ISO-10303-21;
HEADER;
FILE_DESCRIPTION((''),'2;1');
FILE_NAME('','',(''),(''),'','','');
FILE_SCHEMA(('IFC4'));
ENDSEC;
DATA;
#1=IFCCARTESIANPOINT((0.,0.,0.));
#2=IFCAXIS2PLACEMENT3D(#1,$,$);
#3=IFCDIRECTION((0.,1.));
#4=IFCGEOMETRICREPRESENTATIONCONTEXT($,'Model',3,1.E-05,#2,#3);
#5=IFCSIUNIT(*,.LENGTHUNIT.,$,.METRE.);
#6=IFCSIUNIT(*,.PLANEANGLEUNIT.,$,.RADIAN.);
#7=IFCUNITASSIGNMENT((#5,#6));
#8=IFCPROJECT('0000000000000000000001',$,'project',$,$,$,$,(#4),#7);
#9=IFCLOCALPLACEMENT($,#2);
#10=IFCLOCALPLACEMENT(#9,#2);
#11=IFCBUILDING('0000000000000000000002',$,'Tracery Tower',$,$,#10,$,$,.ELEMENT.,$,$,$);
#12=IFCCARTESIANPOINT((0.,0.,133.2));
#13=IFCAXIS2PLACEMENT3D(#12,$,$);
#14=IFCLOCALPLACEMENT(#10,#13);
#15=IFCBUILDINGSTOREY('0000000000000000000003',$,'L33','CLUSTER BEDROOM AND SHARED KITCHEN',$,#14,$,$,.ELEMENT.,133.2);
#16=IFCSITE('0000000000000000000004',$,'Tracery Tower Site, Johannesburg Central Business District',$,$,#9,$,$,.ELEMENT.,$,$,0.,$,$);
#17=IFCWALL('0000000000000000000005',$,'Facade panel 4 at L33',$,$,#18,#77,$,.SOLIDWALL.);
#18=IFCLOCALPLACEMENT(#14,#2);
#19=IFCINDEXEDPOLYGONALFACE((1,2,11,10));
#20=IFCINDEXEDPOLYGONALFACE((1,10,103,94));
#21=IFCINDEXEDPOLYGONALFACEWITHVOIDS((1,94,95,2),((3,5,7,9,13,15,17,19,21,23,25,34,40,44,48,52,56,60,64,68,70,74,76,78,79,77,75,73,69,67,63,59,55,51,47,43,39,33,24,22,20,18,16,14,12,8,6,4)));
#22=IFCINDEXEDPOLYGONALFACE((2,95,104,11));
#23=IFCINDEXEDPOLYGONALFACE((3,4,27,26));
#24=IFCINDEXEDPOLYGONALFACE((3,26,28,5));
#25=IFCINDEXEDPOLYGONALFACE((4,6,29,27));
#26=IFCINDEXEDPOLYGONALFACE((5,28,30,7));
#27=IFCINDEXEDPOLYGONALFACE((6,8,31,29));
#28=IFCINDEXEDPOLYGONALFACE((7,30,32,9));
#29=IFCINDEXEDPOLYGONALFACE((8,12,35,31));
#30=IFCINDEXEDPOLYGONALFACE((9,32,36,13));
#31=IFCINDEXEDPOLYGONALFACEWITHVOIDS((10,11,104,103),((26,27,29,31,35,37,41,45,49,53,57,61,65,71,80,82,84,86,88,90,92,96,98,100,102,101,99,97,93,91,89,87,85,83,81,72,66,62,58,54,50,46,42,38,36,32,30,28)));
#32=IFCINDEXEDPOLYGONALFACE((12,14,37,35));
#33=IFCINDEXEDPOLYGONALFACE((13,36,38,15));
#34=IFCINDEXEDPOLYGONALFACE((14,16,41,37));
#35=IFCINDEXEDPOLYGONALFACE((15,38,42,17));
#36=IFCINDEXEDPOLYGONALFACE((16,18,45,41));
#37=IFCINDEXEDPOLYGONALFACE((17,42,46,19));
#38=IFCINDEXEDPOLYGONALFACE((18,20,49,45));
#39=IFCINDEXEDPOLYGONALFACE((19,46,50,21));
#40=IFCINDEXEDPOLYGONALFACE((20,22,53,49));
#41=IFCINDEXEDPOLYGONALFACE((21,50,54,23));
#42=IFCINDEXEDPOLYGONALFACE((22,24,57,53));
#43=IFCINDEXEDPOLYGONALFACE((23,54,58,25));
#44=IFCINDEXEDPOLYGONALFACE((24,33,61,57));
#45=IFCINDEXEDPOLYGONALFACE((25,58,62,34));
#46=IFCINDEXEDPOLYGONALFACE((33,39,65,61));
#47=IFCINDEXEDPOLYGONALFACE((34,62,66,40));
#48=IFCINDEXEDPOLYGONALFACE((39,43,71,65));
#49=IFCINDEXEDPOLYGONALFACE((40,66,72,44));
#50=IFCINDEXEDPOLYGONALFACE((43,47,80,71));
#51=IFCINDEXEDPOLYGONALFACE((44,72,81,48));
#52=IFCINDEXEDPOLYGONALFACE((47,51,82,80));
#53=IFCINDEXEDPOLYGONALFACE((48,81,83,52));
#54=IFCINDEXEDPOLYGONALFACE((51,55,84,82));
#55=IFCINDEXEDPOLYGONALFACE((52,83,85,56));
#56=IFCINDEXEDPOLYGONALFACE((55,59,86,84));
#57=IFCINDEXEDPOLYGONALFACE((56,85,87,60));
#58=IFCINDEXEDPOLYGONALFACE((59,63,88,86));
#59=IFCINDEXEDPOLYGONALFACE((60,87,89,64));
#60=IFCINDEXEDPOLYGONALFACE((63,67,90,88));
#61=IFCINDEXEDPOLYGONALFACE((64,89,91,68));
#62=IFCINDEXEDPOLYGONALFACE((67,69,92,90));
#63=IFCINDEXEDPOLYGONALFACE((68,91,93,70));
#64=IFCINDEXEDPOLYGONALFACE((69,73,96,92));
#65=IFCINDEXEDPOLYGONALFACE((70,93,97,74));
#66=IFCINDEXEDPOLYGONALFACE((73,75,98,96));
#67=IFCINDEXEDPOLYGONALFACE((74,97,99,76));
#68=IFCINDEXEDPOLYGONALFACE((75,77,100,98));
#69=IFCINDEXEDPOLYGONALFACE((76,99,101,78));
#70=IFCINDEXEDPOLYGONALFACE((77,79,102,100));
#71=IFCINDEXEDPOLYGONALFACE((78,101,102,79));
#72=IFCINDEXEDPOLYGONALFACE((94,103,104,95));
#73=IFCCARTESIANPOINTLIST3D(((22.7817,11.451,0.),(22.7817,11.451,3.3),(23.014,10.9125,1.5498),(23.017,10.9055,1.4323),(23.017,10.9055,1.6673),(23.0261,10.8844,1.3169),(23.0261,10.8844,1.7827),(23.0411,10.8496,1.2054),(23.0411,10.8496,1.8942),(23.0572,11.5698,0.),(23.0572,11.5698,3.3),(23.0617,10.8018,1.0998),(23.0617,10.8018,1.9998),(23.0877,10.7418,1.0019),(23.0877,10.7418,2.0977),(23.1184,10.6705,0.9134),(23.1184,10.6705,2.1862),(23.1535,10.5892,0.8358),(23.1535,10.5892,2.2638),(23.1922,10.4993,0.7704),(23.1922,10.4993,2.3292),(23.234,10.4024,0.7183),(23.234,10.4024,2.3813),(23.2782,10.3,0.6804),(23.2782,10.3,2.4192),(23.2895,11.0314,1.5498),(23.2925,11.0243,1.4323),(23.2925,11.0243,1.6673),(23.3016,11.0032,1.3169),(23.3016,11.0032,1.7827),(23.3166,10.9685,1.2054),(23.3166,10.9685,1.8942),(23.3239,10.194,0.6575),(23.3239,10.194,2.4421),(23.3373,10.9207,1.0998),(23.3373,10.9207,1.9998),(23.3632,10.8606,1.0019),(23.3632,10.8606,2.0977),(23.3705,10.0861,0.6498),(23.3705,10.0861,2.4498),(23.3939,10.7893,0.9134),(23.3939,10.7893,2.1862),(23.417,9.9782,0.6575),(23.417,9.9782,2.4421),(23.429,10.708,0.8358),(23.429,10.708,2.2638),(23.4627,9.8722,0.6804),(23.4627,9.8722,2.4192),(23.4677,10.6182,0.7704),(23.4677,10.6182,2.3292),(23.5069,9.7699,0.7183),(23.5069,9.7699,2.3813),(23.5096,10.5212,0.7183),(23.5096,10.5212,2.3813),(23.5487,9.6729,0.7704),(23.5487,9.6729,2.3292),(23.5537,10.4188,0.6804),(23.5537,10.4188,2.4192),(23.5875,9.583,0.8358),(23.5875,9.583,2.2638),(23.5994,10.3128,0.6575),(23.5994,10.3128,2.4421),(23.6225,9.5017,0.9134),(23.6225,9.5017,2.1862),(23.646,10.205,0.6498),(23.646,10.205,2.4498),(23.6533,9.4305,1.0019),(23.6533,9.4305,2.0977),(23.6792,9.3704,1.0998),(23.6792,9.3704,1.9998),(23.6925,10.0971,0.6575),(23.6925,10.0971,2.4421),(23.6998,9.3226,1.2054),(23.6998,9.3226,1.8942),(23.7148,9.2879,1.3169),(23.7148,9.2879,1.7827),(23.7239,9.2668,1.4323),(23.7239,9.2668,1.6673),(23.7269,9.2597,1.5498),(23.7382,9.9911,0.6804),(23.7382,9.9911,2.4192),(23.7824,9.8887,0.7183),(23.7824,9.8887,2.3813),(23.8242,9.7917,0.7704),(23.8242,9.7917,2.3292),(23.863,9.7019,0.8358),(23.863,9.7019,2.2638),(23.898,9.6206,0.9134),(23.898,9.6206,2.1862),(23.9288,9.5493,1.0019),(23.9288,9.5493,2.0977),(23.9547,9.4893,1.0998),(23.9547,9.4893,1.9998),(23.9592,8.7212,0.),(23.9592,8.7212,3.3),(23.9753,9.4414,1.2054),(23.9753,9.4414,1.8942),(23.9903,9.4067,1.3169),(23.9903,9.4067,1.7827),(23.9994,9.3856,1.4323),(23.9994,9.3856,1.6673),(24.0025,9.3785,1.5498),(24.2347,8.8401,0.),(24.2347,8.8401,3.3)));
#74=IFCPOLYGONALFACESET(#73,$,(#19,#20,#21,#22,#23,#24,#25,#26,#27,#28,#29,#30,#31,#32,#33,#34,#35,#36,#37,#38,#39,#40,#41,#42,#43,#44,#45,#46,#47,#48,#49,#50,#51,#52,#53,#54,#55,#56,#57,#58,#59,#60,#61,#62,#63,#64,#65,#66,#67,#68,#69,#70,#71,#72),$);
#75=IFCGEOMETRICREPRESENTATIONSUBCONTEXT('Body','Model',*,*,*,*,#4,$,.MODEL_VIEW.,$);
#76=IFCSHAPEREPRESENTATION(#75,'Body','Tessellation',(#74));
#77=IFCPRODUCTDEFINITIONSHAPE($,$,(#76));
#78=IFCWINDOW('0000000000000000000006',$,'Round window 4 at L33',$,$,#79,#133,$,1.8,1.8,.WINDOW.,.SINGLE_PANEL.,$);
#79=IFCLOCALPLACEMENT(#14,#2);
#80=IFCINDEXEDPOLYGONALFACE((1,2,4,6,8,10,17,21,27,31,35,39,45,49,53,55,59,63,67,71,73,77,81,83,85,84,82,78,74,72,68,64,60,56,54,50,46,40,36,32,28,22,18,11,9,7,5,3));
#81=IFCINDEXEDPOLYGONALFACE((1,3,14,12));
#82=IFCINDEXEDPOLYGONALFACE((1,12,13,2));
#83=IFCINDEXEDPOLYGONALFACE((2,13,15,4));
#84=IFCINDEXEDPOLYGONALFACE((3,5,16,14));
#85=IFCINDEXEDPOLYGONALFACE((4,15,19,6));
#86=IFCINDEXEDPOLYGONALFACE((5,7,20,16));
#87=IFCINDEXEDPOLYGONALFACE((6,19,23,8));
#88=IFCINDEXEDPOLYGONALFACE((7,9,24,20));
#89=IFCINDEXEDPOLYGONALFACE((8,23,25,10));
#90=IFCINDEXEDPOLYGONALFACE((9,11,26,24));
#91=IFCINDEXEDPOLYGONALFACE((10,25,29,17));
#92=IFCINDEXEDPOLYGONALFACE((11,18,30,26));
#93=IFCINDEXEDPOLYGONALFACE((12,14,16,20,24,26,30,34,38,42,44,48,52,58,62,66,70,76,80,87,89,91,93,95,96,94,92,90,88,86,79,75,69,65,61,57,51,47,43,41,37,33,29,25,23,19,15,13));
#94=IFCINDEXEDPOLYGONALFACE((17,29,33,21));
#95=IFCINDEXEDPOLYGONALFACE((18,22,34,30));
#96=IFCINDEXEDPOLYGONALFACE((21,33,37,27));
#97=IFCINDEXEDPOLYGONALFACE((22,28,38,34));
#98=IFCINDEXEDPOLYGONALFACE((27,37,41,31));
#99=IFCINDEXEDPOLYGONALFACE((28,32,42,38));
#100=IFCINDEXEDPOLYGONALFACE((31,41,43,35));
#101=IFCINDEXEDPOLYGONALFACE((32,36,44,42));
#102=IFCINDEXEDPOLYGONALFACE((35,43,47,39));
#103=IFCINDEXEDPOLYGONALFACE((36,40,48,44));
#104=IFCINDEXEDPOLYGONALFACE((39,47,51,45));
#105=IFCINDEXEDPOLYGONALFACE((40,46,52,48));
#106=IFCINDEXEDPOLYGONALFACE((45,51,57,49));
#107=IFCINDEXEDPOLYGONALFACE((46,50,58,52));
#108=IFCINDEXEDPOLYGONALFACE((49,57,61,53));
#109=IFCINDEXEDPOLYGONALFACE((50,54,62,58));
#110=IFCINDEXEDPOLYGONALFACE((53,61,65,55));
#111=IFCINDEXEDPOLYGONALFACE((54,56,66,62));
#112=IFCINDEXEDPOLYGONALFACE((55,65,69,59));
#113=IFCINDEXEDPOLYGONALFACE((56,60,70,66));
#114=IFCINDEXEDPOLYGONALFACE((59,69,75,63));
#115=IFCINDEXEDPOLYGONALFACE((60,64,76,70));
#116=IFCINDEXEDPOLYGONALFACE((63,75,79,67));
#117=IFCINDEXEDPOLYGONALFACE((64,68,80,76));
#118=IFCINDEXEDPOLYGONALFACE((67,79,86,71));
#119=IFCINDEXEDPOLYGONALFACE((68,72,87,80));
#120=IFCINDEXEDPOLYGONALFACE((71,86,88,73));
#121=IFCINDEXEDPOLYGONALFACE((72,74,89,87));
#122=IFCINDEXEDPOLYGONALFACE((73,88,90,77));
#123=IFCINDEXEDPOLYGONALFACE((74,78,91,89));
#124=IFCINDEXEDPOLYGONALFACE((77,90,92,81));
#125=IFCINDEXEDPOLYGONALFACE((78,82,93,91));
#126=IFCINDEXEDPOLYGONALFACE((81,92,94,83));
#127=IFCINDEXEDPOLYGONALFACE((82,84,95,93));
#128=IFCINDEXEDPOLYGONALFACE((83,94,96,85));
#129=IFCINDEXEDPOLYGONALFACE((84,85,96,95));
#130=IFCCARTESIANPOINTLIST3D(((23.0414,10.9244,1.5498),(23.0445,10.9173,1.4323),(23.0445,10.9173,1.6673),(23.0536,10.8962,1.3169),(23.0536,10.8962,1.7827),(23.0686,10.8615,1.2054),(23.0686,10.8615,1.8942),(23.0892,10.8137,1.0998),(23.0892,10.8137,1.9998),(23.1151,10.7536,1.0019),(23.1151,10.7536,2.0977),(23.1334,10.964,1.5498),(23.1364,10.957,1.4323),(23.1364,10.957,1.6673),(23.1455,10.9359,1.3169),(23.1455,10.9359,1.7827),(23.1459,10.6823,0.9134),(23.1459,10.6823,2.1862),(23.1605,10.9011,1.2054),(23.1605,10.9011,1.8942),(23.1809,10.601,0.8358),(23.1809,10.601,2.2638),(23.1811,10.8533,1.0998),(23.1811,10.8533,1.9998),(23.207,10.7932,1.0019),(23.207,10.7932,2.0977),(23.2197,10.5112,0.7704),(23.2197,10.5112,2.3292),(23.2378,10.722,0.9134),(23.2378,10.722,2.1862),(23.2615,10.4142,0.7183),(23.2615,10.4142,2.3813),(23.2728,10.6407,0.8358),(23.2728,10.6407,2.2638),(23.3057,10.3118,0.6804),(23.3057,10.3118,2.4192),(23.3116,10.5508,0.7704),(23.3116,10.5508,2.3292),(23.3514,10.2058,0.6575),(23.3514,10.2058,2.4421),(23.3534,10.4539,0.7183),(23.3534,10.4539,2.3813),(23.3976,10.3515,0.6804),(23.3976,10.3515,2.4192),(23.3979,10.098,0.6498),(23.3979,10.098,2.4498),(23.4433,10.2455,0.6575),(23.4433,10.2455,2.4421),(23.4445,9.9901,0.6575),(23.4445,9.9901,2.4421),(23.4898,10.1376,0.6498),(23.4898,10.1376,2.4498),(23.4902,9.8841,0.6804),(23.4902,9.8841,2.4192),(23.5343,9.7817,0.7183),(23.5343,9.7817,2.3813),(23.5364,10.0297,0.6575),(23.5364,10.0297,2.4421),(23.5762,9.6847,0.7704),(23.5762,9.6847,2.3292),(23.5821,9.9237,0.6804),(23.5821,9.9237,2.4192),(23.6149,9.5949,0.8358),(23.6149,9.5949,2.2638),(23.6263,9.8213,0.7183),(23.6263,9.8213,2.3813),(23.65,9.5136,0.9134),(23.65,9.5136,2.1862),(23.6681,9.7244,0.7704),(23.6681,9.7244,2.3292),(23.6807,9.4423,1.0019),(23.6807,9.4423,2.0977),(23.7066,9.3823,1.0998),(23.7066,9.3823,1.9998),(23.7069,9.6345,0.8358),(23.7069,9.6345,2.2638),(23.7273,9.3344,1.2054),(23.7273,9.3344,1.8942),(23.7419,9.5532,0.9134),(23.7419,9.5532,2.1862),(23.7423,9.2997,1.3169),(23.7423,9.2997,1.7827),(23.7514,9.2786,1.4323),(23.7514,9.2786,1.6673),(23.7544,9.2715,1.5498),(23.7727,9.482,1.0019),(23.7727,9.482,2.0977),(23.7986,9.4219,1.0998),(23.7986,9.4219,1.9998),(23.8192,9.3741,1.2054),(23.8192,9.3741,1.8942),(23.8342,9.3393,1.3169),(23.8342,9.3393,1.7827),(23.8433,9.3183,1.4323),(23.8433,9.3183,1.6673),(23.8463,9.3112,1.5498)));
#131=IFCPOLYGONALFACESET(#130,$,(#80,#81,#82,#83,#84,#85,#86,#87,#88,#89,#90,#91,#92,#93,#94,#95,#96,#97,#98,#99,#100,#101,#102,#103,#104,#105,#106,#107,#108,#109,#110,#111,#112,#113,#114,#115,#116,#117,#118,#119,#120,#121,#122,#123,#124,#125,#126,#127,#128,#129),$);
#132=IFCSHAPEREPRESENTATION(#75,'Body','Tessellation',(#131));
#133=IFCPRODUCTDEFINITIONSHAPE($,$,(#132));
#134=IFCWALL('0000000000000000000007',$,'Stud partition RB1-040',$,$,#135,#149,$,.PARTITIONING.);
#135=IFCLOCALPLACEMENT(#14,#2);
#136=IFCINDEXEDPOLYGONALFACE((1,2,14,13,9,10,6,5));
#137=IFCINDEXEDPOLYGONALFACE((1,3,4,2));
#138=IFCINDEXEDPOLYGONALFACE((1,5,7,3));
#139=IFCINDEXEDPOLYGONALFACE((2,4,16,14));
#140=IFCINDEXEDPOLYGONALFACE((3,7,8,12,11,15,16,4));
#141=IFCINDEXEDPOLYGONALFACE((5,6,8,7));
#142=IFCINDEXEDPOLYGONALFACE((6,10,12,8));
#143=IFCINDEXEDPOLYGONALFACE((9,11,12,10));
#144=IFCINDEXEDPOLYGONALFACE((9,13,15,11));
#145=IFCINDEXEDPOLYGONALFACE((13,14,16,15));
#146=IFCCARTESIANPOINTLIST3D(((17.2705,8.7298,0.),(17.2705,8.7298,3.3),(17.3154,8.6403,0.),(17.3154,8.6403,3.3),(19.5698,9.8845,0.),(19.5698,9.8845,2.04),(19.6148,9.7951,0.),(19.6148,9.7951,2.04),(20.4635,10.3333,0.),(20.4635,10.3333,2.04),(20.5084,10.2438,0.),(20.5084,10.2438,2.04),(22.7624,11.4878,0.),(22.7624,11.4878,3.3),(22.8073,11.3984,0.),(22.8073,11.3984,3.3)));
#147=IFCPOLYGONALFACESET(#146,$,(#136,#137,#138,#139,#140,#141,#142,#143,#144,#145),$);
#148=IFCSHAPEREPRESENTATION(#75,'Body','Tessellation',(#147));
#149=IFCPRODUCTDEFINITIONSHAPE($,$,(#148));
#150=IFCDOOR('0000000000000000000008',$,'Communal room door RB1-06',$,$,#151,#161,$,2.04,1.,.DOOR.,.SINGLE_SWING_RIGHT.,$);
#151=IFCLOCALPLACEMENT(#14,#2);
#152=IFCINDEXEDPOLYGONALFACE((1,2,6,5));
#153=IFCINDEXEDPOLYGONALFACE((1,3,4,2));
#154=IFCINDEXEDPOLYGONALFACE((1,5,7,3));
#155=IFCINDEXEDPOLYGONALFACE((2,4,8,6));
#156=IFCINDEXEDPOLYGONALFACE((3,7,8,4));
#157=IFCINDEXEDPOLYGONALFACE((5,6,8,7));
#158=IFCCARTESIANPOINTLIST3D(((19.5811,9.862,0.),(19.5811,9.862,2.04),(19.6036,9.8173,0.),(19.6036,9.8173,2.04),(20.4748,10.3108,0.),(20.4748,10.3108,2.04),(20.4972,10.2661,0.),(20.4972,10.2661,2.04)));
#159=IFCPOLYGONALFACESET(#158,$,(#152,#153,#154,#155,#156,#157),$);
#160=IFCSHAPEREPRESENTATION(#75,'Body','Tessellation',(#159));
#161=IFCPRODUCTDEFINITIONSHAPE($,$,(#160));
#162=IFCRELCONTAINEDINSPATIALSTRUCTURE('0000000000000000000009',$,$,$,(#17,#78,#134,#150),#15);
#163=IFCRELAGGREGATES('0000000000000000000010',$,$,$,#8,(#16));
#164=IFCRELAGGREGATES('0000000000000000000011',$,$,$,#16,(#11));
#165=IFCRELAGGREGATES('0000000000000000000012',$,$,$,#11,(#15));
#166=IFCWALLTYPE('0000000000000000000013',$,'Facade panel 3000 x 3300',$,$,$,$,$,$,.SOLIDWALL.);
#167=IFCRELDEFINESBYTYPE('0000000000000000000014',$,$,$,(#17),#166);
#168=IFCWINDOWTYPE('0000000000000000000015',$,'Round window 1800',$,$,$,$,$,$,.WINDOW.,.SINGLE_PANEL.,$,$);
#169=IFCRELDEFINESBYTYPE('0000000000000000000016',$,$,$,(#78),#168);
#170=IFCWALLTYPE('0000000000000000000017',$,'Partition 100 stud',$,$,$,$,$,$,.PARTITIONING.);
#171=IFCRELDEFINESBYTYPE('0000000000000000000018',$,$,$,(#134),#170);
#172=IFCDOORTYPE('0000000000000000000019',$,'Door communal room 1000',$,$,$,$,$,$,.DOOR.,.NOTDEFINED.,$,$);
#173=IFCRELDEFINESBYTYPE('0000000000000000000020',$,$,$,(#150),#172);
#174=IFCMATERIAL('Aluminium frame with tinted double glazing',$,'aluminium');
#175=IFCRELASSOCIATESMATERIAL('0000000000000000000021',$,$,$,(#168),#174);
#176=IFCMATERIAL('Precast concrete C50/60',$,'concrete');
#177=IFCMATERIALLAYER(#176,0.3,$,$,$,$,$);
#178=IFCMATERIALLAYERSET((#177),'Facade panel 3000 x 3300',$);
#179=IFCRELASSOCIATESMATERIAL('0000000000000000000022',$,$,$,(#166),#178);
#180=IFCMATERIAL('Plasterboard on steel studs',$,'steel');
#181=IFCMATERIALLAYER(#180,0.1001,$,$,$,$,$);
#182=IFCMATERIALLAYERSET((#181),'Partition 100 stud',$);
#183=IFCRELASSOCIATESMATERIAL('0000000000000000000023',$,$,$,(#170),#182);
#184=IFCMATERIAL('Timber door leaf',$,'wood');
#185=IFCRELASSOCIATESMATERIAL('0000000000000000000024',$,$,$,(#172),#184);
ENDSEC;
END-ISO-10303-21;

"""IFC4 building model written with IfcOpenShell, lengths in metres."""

from ifc_helpers import new_model, si_unit, direction, frame, frame_2d, origin, origin_2d, place, context, subcontext, project, spatial, rectangle, circle, extrude, material, layer, layer_set, type_object, element, fill, save


model = new_model("IFC4")

# Units and contexts
model_context = context("Model", 3, precision=1e-05, world=origin(), true_north=direction((0.0, 1.0)))
body_context = subcontext(model_context, "Body", "Model", "MODEL_VIEW")
ifc_project = project(units=[si_unit("LENGTHUNIT", "METRE"), si_unit("PLANEANGLEUNIT", "RADIAN")], contexts=[model_context])

# Site, building, storey
site_placement = place(None, origin())
site = spatial("IfcSite", under=ifc_project, at=site_placement, Name="Tracery Tower Site, Johannesburg Central Business District", CompositionType="ELEMENT", RefElevation=0.0)
building_placement = place(site_placement, origin())
building = spatial("IfcBuilding", under=site, at=building_placement, Name="Tracery Tower", CompositionType="ELEMENT")
storey_placement = place(building_placement, frame((0.0, 0.0, 133.2)))
storey = spatial("IfcBuildingStorey", under=building, at=storey_placement, Name="L33", Description="CLUSTER BEDROOM AND SHARED KITCHEN", CompositionType="ELEMENT", Elevation=133.2)

# Wall, opening, window
ifc_material_1 = material(Name="Aluminium frame with tinted double glazing", Category="aluminium")
window_type = type_object("IfcWindowType", Name="Round window 1800", PartitioningType="SINGLE_PANEL", PredefinedType="WINDOW", material=ifc_material_1)
ifc_material_2 = material(Name="Precast concrete C50/60", Category="concrete")
ifc_layer_1 = layer(ifc_material_2, 0.3)
ifc_layer_set_1 = layer_set([ifc_layer_1], Name="Facade panel 3000 x 3300")
wall_type_1 = type_object("IfcWallType", Name="Facade panel 3000 x 3300", PredefinedType="SOLIDWALL", material=ifc_layer_set_1)
wall_1_placement = place(storey_placement, frame((24.0969, 8.7808, 0.0), z_axis=(0.0, 0.0, 1.0), x_axis=(-0.396079, 0.918216, 0.0)))
wall_1 = element("IfcWall", 1, at=wall_1_placement, inside=storey, type_object=wall_type_1, Name="Facade panel 4 at L33", PredefinedType="SOLIDWALL", context=body_context, shape_type="SweptSolid", body=[
    extrude(rectangle(XDim=2.9729, YDim=0.3, at=frame_2d((1.4863, 0.0))), origin(), (0.0, 0.0, 1.0), 3.3),
])
opening_1_placement = place(wall_1_placement, frame((1.4863, 0.0, 1.5498)))
opening_1 = element("IfcOpeningElement", 2, at=opening_1_placement, cuts=wall_1, PredefinedType="OPENING", context=body_context, shape_type="SweptSolid", body=[
    extrude(circle(Radius=0.9, at=origin_2d()), frame((0.0, 0.1599, 0.0), z_axis=(0.0, -1.0, 0.0), x_axis=(1.0, 0.0, 0.0)), (0.0, 0.0, 1.0), 0.3201),
])
window_1_placement = place(opening_1_placement, origin())
window_1 = element("IfcWindow", 3, at=window_1_placement, inside=storey, type_object=window_type, Name="Round window 4 at L33", OverallHeight=1.8, OverallWidth=1.8, PartitioningType="SINGLE_PANEL", PredefinedType="WINDOW", context=body_context, shape_type="SweptSolid", body=[
    extrude(circle(Radius=0.9, at=origin_2d()), frame((0.0, 0.1201, 0.0), z_axis=(0.0, -1.0, 0.0), x_axis=(1.0, 0.0, 0.0)), (0.0, 0.0, 1.0), 0.1001),
])
fill(opening_1, window_1)

# Wall, opening, door
ifc_material_3 = material(Name="Plasterboard on steel studs", Category="steel")
ifc_layer_2 = layer(ifc_material_3, 0.1001)
ifc_layer_set_2 = layer_set([ifc_layer_2], Name="Partition 100 stud")
wall_type_2 = type_object("IfcWallType", Name="Partition 100 stud", PredefinedType="PARTITIONING", material=ifc_layer_set_2)
wall_2_placement = place(storey_placement, frame((17.293, 8.6851, 0.0), z_axis=(0.0, 0.0, 1.0), x_axis=(0.893639, 0.448786, 0.0)))
wall_2 = element("IfcWall", 4, at=wall_2_placement, inside=storey, type_object=wall_type_2, Name="Stud partition RB1-040", PredefinedType="PARTITIONING", context=body_context, shape_type="SweptSolid", body=[
    extrude(rectangle(XDim=6.1455, YDim=0.1001, at=frame_2d((3.0728, 0.0))), origin(), (0.0, 0.0, 1.0), 3.3),
])
opening_2_placement = place(wall_2_placement, frame((2.573, 0.0, 0.0)))
opening_2 = element("IfcOpeningElement", 5, at=opening_2_placement, cuts=wall_2, PredefinedType="OPENING", context=body_context, shape_type="SweptSolid", body=[
    extrude(rectangle(XDim=1.0, YDim=2.04, at=frame_2d((0.5, 1.02))), frame((0.0, 0.05, 0.0), z_axis=(0.0, -1.0, 0.0), x_axis=(1.0, 0.0, 0.0)), (0.0, 0.0, 1.0), 0.1001),
])
ifc_material_4 = material(Name="Timber door leaf", Category="wood")
door_type_1 = type_object("IfcDoorType", Name="Door communal room 1000", OperationType="NOTDEFINED", PredefinedType="DOOR", material=ifc_material_4)
door_1_placement = place(opening_2_placement, origin())
door_1 = element("IfcDoor", 6, at=door_1_placement, inside=storey, type_object=door_type_1, Name="Communal room door RB1-06", OperationType="SINGLE_SWING_RIGHT", OverallHeight=2.04, OverallWidth=1.0, PredefinedType="DOOR", context=body_context, shape_type="SweptSolid", body=[
    extrude(rectangle(XDim=1.0, YDim=2.04, at=frame_2d((0.5, 1.02))), frame((0.0, 0.0249, 0.0), z_axis=(0.0, -1.0, 0.0), x_axis=(1.0, 0.0, 0.0)), (0.0, 0.0, 1.0), 0.05),
])
fill(opening_2, door_1)

save(model, "model.ifc")
